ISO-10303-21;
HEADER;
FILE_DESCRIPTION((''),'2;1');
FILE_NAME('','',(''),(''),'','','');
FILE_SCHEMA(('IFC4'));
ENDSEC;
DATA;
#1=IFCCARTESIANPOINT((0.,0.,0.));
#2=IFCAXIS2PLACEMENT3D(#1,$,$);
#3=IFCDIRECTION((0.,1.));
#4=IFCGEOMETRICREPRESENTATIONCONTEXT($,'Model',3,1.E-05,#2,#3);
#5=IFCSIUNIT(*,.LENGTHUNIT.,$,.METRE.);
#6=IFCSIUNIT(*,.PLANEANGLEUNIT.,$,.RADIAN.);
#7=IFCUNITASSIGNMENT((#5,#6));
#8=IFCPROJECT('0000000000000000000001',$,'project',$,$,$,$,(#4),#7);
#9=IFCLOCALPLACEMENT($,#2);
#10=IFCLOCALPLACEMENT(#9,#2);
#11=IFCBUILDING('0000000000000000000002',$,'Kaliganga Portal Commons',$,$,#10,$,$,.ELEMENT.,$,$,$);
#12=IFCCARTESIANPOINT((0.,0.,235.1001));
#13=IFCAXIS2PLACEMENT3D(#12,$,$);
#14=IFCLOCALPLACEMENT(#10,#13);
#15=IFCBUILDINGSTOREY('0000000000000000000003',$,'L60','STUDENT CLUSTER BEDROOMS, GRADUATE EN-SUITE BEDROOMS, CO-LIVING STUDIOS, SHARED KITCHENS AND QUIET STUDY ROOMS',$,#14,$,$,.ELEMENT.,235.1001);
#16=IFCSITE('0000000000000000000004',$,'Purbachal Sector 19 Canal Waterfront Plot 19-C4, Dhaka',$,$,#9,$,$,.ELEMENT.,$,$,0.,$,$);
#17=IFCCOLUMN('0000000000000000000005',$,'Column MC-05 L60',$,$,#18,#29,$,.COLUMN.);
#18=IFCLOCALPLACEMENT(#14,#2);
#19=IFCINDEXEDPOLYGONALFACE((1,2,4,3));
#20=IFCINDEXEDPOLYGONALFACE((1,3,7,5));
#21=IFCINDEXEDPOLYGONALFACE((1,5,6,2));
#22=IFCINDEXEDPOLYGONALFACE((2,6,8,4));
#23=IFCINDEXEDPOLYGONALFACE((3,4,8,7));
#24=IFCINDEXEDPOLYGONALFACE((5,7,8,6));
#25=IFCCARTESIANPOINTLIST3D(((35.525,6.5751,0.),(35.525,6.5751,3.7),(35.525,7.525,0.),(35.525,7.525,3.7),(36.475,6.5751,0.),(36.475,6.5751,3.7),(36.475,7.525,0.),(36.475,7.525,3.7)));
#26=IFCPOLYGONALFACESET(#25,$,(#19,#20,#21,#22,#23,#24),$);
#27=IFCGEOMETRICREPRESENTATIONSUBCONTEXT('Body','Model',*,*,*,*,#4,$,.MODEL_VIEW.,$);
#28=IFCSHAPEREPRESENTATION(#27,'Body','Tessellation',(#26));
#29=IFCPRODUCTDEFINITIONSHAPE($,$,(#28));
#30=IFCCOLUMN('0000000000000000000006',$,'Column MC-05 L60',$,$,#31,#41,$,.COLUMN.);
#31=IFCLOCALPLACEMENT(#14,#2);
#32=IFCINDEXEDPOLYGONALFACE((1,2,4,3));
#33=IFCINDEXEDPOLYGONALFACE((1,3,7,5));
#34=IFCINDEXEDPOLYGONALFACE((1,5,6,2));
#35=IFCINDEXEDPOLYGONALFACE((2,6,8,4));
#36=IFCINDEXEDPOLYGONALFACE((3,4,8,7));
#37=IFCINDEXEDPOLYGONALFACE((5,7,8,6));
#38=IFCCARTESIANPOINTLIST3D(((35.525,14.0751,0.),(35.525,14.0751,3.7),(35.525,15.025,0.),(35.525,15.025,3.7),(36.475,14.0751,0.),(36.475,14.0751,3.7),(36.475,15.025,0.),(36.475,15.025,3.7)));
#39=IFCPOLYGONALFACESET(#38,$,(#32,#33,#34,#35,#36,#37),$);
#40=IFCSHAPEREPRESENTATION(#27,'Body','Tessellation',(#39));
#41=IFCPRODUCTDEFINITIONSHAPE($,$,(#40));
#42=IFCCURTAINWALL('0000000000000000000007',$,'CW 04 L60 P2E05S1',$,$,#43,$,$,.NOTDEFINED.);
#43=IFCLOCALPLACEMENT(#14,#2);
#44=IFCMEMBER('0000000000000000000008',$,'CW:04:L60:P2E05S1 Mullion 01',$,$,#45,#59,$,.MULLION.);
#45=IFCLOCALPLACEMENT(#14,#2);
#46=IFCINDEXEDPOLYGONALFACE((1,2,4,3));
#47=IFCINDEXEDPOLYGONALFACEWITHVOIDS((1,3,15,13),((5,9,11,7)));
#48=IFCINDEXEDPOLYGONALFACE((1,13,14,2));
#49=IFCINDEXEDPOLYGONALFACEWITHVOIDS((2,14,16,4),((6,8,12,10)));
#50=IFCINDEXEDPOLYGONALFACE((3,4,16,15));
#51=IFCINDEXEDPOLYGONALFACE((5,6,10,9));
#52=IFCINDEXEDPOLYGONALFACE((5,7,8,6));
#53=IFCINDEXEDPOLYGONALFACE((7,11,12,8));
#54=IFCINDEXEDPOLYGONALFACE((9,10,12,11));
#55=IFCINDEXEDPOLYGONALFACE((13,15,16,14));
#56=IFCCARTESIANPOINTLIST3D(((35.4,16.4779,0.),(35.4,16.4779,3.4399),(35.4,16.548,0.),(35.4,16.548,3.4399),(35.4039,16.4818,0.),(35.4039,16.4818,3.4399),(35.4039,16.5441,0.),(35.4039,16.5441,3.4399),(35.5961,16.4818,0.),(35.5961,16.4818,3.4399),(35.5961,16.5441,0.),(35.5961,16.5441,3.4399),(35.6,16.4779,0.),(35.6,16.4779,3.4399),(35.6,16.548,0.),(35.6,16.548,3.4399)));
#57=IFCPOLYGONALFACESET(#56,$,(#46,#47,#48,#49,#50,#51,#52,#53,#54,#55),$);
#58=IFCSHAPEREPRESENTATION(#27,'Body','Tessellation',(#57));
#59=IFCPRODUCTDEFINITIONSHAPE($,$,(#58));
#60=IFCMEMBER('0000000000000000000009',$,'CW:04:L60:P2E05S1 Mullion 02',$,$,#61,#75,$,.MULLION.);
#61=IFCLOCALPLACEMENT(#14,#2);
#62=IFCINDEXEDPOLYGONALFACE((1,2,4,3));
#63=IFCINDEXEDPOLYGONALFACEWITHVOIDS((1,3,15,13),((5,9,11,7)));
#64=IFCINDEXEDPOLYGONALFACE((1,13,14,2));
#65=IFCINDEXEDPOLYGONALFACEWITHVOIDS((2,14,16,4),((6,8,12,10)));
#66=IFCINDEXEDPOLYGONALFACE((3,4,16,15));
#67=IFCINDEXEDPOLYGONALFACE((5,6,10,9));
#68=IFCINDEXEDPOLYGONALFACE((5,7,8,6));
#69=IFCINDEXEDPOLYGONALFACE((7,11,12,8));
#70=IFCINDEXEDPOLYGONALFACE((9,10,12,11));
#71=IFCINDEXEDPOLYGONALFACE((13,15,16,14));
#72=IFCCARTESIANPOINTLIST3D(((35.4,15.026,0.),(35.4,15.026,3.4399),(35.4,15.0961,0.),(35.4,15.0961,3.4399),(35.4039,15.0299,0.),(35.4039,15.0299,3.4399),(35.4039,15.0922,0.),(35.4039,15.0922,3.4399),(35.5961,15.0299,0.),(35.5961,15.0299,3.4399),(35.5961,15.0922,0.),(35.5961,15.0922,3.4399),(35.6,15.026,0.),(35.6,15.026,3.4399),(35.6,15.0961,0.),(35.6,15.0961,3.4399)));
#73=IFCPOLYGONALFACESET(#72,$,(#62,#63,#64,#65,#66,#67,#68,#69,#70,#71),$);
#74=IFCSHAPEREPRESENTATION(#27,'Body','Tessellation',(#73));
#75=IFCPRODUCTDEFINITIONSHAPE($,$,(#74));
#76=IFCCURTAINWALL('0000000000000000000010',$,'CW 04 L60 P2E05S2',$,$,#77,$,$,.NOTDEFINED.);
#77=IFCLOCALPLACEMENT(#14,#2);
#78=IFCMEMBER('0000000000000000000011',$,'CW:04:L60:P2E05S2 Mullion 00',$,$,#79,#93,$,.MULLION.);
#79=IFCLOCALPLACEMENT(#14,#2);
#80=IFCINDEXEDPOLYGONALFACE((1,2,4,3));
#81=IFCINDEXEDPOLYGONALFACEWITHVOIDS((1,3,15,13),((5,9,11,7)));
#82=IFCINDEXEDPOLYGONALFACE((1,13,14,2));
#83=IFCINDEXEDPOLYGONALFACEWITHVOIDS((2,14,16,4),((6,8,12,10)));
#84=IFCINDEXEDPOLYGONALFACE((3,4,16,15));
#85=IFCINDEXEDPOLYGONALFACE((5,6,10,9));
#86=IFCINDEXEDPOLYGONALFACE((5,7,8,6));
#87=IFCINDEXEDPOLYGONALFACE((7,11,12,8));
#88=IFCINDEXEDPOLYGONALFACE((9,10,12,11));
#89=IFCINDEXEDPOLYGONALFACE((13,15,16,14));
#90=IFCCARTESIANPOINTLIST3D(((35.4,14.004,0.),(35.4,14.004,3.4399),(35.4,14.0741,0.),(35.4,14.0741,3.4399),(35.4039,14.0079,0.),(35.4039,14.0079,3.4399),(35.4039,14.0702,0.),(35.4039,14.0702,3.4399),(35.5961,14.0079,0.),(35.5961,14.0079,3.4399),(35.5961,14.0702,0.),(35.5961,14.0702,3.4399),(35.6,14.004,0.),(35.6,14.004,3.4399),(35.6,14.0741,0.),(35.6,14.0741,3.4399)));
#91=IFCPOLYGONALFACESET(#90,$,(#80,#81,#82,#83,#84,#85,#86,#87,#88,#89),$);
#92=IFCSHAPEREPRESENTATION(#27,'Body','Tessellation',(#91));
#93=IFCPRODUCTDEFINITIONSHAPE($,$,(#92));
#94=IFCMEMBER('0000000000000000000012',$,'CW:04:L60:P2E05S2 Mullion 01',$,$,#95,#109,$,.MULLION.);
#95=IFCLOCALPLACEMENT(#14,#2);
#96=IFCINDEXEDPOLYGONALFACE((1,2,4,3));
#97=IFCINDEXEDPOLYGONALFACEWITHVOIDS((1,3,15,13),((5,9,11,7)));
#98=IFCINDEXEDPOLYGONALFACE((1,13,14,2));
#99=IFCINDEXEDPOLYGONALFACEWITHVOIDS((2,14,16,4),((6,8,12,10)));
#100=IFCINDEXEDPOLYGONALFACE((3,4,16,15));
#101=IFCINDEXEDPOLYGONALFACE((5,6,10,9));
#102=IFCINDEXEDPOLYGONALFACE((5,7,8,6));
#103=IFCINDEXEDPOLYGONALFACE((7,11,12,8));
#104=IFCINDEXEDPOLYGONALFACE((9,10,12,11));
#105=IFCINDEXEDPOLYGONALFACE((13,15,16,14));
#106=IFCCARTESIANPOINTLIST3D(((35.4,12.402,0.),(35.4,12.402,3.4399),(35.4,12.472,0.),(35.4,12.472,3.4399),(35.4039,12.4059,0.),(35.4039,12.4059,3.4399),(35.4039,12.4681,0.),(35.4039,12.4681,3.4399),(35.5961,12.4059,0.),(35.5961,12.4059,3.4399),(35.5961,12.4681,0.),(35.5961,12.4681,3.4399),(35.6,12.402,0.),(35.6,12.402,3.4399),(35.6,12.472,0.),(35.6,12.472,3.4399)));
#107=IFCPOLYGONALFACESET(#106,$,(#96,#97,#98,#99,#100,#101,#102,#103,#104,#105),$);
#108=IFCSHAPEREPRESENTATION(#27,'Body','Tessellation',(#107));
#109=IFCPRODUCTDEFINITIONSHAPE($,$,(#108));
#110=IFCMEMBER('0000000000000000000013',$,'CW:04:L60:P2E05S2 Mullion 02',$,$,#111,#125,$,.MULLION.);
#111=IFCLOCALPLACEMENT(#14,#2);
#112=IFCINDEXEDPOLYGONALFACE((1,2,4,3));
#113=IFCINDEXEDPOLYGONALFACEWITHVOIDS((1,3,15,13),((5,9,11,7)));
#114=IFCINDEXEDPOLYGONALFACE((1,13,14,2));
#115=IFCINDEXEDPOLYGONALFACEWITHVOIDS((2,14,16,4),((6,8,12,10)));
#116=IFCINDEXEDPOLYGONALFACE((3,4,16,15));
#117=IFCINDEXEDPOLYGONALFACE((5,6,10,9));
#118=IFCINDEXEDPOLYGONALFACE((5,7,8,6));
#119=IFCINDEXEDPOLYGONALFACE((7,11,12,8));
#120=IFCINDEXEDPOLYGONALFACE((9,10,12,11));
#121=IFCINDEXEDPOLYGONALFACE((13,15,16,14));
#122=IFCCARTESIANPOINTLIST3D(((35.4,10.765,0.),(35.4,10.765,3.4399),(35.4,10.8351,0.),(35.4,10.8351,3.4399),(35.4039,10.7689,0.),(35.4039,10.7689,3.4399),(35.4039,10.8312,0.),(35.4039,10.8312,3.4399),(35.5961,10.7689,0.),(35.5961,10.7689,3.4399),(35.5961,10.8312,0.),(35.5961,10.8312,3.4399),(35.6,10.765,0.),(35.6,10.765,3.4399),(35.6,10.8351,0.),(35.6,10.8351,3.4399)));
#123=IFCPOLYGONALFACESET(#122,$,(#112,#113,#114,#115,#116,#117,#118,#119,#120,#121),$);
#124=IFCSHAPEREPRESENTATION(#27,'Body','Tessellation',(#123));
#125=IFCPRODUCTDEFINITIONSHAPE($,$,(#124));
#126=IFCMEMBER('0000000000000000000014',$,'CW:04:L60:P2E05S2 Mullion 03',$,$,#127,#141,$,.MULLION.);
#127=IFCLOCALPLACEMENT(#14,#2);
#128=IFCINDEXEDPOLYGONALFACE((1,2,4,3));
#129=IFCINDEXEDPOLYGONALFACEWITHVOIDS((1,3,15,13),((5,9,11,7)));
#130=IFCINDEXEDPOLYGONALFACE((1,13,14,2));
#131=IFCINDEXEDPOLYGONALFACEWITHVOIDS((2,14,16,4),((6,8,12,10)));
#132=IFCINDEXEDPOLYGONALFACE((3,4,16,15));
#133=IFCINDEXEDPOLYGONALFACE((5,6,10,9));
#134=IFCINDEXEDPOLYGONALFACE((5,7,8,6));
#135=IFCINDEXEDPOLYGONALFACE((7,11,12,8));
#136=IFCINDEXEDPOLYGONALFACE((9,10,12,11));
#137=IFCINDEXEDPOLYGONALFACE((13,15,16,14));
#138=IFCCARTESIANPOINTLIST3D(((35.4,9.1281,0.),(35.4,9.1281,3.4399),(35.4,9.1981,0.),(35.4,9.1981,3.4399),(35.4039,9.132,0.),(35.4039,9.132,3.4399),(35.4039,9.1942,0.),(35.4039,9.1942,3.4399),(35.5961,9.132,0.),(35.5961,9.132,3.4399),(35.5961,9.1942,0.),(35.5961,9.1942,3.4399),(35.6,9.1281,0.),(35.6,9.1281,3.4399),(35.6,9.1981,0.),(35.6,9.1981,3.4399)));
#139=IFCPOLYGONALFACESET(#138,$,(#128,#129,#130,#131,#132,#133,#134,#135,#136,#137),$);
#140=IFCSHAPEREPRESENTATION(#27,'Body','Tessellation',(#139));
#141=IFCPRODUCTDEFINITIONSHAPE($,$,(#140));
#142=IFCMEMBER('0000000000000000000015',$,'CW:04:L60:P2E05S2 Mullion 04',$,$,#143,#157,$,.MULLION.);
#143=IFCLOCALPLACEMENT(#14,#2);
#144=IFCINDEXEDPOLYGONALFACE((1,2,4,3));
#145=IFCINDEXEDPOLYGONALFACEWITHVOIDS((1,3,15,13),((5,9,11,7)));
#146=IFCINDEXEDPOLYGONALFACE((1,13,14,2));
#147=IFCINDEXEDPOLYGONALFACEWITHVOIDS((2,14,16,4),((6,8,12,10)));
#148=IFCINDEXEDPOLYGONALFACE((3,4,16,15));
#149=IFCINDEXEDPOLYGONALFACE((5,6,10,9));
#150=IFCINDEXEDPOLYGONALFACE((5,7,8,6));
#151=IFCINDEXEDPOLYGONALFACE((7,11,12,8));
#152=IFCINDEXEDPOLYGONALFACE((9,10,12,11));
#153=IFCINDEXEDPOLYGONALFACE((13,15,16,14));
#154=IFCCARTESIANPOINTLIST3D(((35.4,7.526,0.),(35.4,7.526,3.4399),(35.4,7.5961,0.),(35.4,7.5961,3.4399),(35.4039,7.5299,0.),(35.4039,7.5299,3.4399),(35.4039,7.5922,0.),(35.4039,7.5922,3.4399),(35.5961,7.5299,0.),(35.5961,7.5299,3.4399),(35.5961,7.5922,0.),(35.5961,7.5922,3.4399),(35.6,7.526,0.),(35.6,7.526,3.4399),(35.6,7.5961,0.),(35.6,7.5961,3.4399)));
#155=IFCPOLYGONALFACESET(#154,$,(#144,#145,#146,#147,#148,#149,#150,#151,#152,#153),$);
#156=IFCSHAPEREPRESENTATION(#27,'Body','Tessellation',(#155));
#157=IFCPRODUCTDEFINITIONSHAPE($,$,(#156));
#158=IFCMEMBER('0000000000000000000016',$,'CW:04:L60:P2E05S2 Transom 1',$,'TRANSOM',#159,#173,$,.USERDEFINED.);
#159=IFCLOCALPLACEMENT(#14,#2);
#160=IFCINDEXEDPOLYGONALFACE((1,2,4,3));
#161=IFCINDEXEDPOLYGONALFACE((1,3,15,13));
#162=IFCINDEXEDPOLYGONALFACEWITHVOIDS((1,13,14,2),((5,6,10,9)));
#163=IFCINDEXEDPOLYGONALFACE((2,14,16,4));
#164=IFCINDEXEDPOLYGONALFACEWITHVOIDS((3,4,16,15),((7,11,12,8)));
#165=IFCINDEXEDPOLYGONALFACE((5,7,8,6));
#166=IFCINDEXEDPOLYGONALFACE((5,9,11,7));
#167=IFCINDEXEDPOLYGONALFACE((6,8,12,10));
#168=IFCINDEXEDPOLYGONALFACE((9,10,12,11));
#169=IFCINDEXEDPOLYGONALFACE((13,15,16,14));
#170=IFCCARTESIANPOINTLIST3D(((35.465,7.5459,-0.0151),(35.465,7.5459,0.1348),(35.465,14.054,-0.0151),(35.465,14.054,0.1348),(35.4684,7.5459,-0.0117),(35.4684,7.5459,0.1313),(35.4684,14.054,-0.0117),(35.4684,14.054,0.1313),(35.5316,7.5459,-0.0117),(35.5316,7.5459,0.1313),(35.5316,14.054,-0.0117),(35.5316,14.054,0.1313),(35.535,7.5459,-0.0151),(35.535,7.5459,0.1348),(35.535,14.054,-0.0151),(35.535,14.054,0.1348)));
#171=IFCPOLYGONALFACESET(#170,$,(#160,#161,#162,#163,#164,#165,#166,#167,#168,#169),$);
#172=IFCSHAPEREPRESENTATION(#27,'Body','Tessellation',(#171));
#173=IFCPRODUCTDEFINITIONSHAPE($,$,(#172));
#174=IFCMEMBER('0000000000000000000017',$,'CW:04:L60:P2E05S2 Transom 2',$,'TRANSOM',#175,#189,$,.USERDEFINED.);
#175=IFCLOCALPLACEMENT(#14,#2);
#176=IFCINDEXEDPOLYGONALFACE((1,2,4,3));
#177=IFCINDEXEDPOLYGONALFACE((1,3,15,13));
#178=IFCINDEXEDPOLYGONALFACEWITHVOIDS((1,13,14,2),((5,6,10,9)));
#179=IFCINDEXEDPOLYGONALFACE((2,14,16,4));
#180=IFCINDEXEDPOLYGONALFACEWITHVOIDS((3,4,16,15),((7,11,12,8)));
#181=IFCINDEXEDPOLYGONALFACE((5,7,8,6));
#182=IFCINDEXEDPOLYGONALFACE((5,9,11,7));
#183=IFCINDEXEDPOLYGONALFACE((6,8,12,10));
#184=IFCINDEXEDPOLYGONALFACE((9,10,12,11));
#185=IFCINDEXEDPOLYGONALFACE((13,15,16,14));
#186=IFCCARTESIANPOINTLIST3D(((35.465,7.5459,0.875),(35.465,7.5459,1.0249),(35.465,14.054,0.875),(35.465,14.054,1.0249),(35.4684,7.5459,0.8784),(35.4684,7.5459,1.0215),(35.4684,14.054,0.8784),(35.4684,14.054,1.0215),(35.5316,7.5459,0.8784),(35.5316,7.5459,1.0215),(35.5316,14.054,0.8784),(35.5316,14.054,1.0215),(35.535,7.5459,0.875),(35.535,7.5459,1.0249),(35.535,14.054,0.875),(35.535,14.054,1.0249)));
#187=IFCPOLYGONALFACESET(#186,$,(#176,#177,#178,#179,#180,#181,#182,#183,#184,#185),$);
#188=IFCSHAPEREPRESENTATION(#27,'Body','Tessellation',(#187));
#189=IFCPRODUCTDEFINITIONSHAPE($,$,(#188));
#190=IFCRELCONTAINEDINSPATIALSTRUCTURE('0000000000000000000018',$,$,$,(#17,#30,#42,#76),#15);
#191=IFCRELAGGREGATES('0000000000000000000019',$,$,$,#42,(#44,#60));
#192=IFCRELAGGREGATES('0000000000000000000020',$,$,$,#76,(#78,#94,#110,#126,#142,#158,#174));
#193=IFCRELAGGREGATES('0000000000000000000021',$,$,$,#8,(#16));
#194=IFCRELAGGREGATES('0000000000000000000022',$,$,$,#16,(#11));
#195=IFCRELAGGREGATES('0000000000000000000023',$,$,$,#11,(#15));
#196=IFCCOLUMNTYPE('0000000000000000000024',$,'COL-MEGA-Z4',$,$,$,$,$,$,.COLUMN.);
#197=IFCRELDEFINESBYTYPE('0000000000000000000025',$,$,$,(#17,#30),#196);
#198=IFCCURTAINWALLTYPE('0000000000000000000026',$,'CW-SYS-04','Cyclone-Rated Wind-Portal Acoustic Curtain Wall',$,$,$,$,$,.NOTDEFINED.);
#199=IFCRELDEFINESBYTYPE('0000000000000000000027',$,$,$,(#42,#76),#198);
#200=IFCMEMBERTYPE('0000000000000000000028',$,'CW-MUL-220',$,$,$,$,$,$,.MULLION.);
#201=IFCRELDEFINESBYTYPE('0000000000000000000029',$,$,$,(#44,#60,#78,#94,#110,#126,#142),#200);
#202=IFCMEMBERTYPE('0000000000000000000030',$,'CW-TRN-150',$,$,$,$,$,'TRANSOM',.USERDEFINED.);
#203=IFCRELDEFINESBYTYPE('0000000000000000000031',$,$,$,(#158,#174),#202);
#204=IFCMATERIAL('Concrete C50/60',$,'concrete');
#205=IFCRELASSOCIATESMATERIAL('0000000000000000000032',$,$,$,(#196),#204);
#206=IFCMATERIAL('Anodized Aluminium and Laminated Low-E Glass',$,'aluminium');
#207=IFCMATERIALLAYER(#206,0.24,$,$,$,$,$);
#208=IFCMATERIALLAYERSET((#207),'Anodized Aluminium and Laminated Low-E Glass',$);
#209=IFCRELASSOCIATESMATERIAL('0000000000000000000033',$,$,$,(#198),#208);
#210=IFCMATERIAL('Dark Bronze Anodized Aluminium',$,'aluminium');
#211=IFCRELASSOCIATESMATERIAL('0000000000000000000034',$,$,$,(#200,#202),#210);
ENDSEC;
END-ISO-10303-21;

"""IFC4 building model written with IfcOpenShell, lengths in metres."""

from ifc_helpers import new_model, si_unit, direction, frame, origin, origin_2d, place, context, subcontext, project, spatial, rectangle, hollow_rectangle, extrude, source, transform, mapped, material, layer, layer_set, material_profile, profile_set, type_object, element, aggregate, save


model = new_model("IFC4")

# Units and contexts
model_context = context("Model", 3, precision=1e-05, world=origin(), true_north=direction((0.0, 1.0)))
body_context = subcontext(model_context, "Body", "Model", "MODEL_VIEW")
ifc_project = project(units=[si_unit("LENGTHUNIT", "METRE"), si_unit("PLANEANGLEUNIT", "RADIAN")], contexts=[model_context])

# Site, building, storey
site_placement = place(None, origin())
site = spatial("IfcSite", under=ifc_project, at=site_placement, Name="Purbachal Sector 19 Canal Waterfront Plot 19-C4, Dhaka", CompositionType="ELEMENT", RefElevation=0.0)
building_placement = place(site_placement, origin())
building = spatial("IfcBuilding", under=site, at=building_placement, Name="Kaliganga Portal Commons", CompositionType="ELEMENT")
storey_placement = place(building_placement, frame((0.0, 0.0, 235.1001)))
storey = spatial("IfcBuildingStorey", under=building, at=storey_placement, Name="L60", Description="STUDENT CLUSTER BEDROOMS, GRADUATE EN-SUITE BEDROOMS, CO-LIVING STUDIOS, SHARED KITCHENS AND QUIET STUDY ROOMS", CompositionType="ELEMENT", Elevation=235.1001)

# Columns
ifc_material_1 = material(Name="Concrete C50/60", Category="concrete")
ifc_material_profile_1 = material_profile(ifc_material_1, rectangle(XDim=0.95, YDim=0.95, at=origin_2d()), Name="RC 950x950")
ifc_profile_set_1 = profile_set([ifc_material_profile_1], Name="Concrete C50/60")
column_type = type_object("IfcColumnType", Name="COL-MEGA-Z4", PredefinedType="COLUMN", material=ifc_profile_set_1)
shared_shape_1 = source(origin(), body_context, "Body", "SweptSolid", [
    extrude(rectangle(XDim=0.95, YDim=0.95, at=origin_2d()), origin(), (0.0, 0.0, 1.0), 3.7),
])
for number, where, z_axis, x_axis, name in (
    (1, (36.0, 7.05, 0.0), (0.0, 0.0, 1.0), (1.0, 0.0, 0.0), "Column MC-05 L60"),
    (2, (36.0, 14.55, 0.0), (0.0, 0.0, 1.0), (1.0, 0.0, 0.0), "Column MC-05 L60"),
):
    element("IfcColumn", number, at=place(storey_placement, frame(where, z_axis=z_axis, x_axis=x_axis)), inside=storey, type_object=column_type, Name=name, PredefinedType="COLUMN", context=body_context, shape_type="MappedRepresentation", body=[
        mapped(shared_shape_1, transform((0.0, 0.0, 0.0), x_axis=(1.0, 0.0, 0.0), y_axis=(0.0, 1.0, 0.0), z_axis=(0.0, 0.0, 1.0), scale=1.0)),
    ])

# Curtain wall, members
ifc_material_2 = material(Name="Anodized Aluminium and Laminated Low-E Glass", Category="aluminium")
ifc_layer_1 = layer(ifc_material_2, 0.24)
ifc_layer_set_1 = layer_set([ifc_layer_1], Name="Anodized Aluminium and Laminated Low-E Glass")
curtain_wall_type = type_object("IfcCurtainWallType", Name="CW-SYS-04", Description="Cyclone-Rated Wind-Portal Acoustic Curtain Wall", PredefinedType="NOTDEFINED", material=ifc_layer_set_1)
curtain_wall_1_placement = place(storey_placement, origin())
curtain_wall_1 = element("IfcCurtainWall", 3, at=curtain_wall_1_placement, inside=storey, type_object=curtain_wall_type, Name="CW 04 L60 P2E05S1", PredefinedType="NOTDEFINED")
ifc_material_3 = material(Name="Dark Bronze Anodized Aluminium", Category="aluminium")
ifc_material_profile_2 = material_profile(ifc_material_3, hollow_rectangle(XDim=0.0701, YDim=0.2, WallThickness=0.0039, at=origin_2d()), Name="ALU MULL 70x200x4")
ifc_profile_set_2 = profile_set([ifc_material_profile_2], Name="Dark Bronze Anodized Aluminium")
member_type_1 = type_object("IfcMemberType", Name="CW-MUL-220", PredefinedType="MULLION", material=ifc_profile_set_2)
shared_shape_2 = source(origin(), body_context, "Body", "SweptSolid", [
    extrude(hollow_rectangle(XDim=0.0701, YDim=0.2, WallThickness=0.0039, at=origin_2d()), origin(), (0.0, 0.0, 1.0), 3.4399),
])
member_1_placement = place(storey_placement, frame((35.5, 16.5129, 0.0), z_axis=(0.0, 0.0, 1.0), x_axis=(0.0, -1.0, 0.0)))
member_1 = element("IfcMember", 4, at=member_1_placement, type_object=member_type_1, Name="CW:04:L60:P2E05S1 Mullion 01", PredefinedType="MULLION", context=body_context, shape_type="MappedRepresentation", body=[
    mapped(shared_shape_2, transform((0.0, 0.0, 0.0), x_axis=(1.0, 0.0, 0.0), y_axis=(0.0, 1.0, 0.0), z_axis=(0.0, 0.0, 1.0), scale=1.0)),
])
member_2_placement = place(storey_placement, frame((35.5, 15.061, 0.0), z_axis=(0.0, 0.0, 1.0), x_axis=(0.0, -1.0, 0.0)))
member_2 = element("IfcMember", 5, at=member_2_placement, type_object=member_type_1, Name="CW:04:L60:P2E05S1 Mullion 02", PredefinedType="MULLION", context=body_context, shape_type="MappedRepresentation", body=[
    mapped(shared_shape_2, transform((0.0, 0.0, 0.0), x_axis=(1.0, 0.0, 0.0), y_axis=(0.0, 1.0, 0.0), z_axis=(0.0, 0.0, 1.0), scale=1.0)),
])

# Curtain wall, members
curtain_wall_2_placement = place(storey_placement, origin())
curtain_wall_2 = element("IfcCurtainWall", 6, at=curtain_wall_2_placement, inside=storey, type_object=curtain_wall_type, Name="CW 04 L60 P2E05S2", PredefinedType="NOTDEFINED")
member_3_placement = place(storey_placement, frame((35.5, 14.0391, 0.0), z_axis=(0.0, 0.0, 1.0), x_axis=(0.0, -1.0, 0.0)))
member_3 = element("IfcMember", 7, at=member_3_placement, type_object=member_type_1, Name="CW:04:L60:P2E05S2 Mullion 00", PredefinedType="MULLION", context=body_context, shape_type="MappedRepresentation", body=[
    mapped(shared_shape_2, transform((0.0, 0.0, 0.0), x_axis=(1.0, 0.0, 0.0), y_axis=(0.0, 1.0, 0.0), z_axis=(0.0, 0.0, 1.0), scale=1.0)),
])
member_4_placement = place(storey_placement, frame((35.5, 12.437, 0.0), z_axis=(0.0, 0.0, 1.0), x_axis=(0.0, -1.0, 0.0)))
member_4 = element("IfcMember", 8, at=member_4_placement, type_object=member_type_1, Name="CW:04:L60:P2E05S2 Mullion 01", PredefinedType="MULLION", context=body_context, shape_type="MappedRepresentation", body=[
    mapped(shared_shape_2, transform((0.0, 0.0, 0.0), x_axis=(1.0, 0.0, 0.0), y_axis=(0.0, 1.0, 0.0), z_axis=(0.0, 0.0, 1.0), scale=1.0)),
])
member_5_placement = place(storey_placement, frame((35.5, 10.8, 0.0), z_axis=(0.0, 0.0, 1.0), x_axis=(0.0, -1.0, 0.0)))
member_5 = element("IfcMember", 9, at=member_5_placement, type_object=member_type_1, Name="CW:04:L60:P2E05S2 Mullion 02", PredefinedType="MULLION", context=body_context, shape_type="MappedRepresentation", body=[
    mapped(shared_shape_2, transform((0.0, 0.0, 0.0), x_axis=(1.0, 0.0, 0.0), y_axis=(0.0, 1.0, 0.0), z_axis=(0.0, 0.0, 1.0), scale=1.0)),
])
member_6_placement = place(storey_placement, frame((35.5, 9.1631, 0.0), z_axis=(0.0, 0.0, 1.0), x_axis=(0.0, -1.0, 0.0)))
member_6 = element("IfcMember", 10, at=member_6_placement, type_object=member_type_1, Name="CW:04:L60:P2E05S2 Mullion 03", PredefinedType="MULLION", context=body_context, shape_type="MappedRepresentation", body=[
    mapped(shared_shape_2, transform((0.0, 0.0, 0.0), x_axis=(1.0, 0.0, 0.0), y_axis=(0.0, 1.0, 0.0), z_axis=(0.0, 0.0, 1.0), scale=1.0)),
])
member_7_placement = place(storey_placement, frame((35.5, 7.561, 0.0), z_axis=(0.0, 0.0, 1.0), x_axis=(0.0, -1.0, 0.0)))
member_7 = element("IfcMember", 11, at=member_7_placement, type_object=member_type_1, Name="CW:04:L60:P2E05S2 Mullion 04", PredefinedType="MULLION", context=body_context, shape_type="MappedRepresentation", body=[
    mapped(shared_shape_2, transform((0.0, 0.0, 0.0), x_axis=(1.0, 0.0, 0.0), y_axis=(0.0, 1.0, 0.0), z_axis=(0.0, 0.0, 1.0), scale=1.0)),
])
ifc_material_profile_3 = material_profile(ifc_material_3, hollow_rectangle(XDim=0.0701, YDim=0.1499, WallThickness=0.0034, at=origin_2d()), Name="ALU TRAN 70x150x3.5")
ifc_profile_set_3 = profile_set([ifc_material_profile_3], Name="Dark Bronze Anodized Aluminium")
member_type_2 = type_object("IfcMemberType", Name="CW-TRN-150", ElementType="TRANSOM", PredefinedType="USERDEFINED", material=ifc_profile_set_3)
shared_shape_3 = source(origin(), body_context, "Body", "SweptSolid", [
    extrude(hollow_rectangle(XDim=0.0701, YDim=0.1499, WallThickness=0.0034, at=origin_2d()), origin(), (0.0, 0.0, 1.0), 6.5081),
])
member_8_placement = place(storey_placement, frame((35.5, 14.054, 0.0598), z_axis=(0.0, -1.0, 0.0), x_axis=(1.0, 0.0, 0.0)))
member_8 = element("IfcMember", 12, at=member_8_placement, type_object=member_type_2, Name="CW:04:L60:P2E05S2 Transom 1", ObjectType="TRANSOM", PredefinedType="USERDEFINED", context=body_context, shape_type="MappedRepresentation", body=[
    mapped(shared_shape_3, transform((0.0, 0.0, 0.0), x_axis=(1.0, 0.0, 0.0), y_axis=(0.0, 1.0, 0.0), z_axis=(0.0, 0.0, 1.0), scale=1.0)),
])
member_9_placement = place(storey_placement, frame((35.5, 14.054, 0.95), z_axis=(0.0, -1.0, 0.0), x_axis=(1.0, 0.0, 0.0)))
member_9 = element("IfcMember", 13, at=member_9_placement, type_object=member_type_2, Name="CW:04:L60:P2E05S2 Transom 2", ObjectType="TRANSOM", PredefinedType="USERDEFINED", context=body_context, shape_type="MappedRepresentation", body=[
    mapped(shared_shape_3, transform((0.0, 0.0, 0.0), x_axis=(1.0, 0.0, 0.0), y_axis=(0.0, 1.0, 0.0), z_axis=(0.0, 0.0, 1.0), scale=1.0)),
])

aggregate(curtain_wall_1, [member_1, member_2])
aggregate(curtain_wall_2, [member_3, member_4, member_5, member_6, member_7, member_8, member_9])

save(model, "model.ifc")
